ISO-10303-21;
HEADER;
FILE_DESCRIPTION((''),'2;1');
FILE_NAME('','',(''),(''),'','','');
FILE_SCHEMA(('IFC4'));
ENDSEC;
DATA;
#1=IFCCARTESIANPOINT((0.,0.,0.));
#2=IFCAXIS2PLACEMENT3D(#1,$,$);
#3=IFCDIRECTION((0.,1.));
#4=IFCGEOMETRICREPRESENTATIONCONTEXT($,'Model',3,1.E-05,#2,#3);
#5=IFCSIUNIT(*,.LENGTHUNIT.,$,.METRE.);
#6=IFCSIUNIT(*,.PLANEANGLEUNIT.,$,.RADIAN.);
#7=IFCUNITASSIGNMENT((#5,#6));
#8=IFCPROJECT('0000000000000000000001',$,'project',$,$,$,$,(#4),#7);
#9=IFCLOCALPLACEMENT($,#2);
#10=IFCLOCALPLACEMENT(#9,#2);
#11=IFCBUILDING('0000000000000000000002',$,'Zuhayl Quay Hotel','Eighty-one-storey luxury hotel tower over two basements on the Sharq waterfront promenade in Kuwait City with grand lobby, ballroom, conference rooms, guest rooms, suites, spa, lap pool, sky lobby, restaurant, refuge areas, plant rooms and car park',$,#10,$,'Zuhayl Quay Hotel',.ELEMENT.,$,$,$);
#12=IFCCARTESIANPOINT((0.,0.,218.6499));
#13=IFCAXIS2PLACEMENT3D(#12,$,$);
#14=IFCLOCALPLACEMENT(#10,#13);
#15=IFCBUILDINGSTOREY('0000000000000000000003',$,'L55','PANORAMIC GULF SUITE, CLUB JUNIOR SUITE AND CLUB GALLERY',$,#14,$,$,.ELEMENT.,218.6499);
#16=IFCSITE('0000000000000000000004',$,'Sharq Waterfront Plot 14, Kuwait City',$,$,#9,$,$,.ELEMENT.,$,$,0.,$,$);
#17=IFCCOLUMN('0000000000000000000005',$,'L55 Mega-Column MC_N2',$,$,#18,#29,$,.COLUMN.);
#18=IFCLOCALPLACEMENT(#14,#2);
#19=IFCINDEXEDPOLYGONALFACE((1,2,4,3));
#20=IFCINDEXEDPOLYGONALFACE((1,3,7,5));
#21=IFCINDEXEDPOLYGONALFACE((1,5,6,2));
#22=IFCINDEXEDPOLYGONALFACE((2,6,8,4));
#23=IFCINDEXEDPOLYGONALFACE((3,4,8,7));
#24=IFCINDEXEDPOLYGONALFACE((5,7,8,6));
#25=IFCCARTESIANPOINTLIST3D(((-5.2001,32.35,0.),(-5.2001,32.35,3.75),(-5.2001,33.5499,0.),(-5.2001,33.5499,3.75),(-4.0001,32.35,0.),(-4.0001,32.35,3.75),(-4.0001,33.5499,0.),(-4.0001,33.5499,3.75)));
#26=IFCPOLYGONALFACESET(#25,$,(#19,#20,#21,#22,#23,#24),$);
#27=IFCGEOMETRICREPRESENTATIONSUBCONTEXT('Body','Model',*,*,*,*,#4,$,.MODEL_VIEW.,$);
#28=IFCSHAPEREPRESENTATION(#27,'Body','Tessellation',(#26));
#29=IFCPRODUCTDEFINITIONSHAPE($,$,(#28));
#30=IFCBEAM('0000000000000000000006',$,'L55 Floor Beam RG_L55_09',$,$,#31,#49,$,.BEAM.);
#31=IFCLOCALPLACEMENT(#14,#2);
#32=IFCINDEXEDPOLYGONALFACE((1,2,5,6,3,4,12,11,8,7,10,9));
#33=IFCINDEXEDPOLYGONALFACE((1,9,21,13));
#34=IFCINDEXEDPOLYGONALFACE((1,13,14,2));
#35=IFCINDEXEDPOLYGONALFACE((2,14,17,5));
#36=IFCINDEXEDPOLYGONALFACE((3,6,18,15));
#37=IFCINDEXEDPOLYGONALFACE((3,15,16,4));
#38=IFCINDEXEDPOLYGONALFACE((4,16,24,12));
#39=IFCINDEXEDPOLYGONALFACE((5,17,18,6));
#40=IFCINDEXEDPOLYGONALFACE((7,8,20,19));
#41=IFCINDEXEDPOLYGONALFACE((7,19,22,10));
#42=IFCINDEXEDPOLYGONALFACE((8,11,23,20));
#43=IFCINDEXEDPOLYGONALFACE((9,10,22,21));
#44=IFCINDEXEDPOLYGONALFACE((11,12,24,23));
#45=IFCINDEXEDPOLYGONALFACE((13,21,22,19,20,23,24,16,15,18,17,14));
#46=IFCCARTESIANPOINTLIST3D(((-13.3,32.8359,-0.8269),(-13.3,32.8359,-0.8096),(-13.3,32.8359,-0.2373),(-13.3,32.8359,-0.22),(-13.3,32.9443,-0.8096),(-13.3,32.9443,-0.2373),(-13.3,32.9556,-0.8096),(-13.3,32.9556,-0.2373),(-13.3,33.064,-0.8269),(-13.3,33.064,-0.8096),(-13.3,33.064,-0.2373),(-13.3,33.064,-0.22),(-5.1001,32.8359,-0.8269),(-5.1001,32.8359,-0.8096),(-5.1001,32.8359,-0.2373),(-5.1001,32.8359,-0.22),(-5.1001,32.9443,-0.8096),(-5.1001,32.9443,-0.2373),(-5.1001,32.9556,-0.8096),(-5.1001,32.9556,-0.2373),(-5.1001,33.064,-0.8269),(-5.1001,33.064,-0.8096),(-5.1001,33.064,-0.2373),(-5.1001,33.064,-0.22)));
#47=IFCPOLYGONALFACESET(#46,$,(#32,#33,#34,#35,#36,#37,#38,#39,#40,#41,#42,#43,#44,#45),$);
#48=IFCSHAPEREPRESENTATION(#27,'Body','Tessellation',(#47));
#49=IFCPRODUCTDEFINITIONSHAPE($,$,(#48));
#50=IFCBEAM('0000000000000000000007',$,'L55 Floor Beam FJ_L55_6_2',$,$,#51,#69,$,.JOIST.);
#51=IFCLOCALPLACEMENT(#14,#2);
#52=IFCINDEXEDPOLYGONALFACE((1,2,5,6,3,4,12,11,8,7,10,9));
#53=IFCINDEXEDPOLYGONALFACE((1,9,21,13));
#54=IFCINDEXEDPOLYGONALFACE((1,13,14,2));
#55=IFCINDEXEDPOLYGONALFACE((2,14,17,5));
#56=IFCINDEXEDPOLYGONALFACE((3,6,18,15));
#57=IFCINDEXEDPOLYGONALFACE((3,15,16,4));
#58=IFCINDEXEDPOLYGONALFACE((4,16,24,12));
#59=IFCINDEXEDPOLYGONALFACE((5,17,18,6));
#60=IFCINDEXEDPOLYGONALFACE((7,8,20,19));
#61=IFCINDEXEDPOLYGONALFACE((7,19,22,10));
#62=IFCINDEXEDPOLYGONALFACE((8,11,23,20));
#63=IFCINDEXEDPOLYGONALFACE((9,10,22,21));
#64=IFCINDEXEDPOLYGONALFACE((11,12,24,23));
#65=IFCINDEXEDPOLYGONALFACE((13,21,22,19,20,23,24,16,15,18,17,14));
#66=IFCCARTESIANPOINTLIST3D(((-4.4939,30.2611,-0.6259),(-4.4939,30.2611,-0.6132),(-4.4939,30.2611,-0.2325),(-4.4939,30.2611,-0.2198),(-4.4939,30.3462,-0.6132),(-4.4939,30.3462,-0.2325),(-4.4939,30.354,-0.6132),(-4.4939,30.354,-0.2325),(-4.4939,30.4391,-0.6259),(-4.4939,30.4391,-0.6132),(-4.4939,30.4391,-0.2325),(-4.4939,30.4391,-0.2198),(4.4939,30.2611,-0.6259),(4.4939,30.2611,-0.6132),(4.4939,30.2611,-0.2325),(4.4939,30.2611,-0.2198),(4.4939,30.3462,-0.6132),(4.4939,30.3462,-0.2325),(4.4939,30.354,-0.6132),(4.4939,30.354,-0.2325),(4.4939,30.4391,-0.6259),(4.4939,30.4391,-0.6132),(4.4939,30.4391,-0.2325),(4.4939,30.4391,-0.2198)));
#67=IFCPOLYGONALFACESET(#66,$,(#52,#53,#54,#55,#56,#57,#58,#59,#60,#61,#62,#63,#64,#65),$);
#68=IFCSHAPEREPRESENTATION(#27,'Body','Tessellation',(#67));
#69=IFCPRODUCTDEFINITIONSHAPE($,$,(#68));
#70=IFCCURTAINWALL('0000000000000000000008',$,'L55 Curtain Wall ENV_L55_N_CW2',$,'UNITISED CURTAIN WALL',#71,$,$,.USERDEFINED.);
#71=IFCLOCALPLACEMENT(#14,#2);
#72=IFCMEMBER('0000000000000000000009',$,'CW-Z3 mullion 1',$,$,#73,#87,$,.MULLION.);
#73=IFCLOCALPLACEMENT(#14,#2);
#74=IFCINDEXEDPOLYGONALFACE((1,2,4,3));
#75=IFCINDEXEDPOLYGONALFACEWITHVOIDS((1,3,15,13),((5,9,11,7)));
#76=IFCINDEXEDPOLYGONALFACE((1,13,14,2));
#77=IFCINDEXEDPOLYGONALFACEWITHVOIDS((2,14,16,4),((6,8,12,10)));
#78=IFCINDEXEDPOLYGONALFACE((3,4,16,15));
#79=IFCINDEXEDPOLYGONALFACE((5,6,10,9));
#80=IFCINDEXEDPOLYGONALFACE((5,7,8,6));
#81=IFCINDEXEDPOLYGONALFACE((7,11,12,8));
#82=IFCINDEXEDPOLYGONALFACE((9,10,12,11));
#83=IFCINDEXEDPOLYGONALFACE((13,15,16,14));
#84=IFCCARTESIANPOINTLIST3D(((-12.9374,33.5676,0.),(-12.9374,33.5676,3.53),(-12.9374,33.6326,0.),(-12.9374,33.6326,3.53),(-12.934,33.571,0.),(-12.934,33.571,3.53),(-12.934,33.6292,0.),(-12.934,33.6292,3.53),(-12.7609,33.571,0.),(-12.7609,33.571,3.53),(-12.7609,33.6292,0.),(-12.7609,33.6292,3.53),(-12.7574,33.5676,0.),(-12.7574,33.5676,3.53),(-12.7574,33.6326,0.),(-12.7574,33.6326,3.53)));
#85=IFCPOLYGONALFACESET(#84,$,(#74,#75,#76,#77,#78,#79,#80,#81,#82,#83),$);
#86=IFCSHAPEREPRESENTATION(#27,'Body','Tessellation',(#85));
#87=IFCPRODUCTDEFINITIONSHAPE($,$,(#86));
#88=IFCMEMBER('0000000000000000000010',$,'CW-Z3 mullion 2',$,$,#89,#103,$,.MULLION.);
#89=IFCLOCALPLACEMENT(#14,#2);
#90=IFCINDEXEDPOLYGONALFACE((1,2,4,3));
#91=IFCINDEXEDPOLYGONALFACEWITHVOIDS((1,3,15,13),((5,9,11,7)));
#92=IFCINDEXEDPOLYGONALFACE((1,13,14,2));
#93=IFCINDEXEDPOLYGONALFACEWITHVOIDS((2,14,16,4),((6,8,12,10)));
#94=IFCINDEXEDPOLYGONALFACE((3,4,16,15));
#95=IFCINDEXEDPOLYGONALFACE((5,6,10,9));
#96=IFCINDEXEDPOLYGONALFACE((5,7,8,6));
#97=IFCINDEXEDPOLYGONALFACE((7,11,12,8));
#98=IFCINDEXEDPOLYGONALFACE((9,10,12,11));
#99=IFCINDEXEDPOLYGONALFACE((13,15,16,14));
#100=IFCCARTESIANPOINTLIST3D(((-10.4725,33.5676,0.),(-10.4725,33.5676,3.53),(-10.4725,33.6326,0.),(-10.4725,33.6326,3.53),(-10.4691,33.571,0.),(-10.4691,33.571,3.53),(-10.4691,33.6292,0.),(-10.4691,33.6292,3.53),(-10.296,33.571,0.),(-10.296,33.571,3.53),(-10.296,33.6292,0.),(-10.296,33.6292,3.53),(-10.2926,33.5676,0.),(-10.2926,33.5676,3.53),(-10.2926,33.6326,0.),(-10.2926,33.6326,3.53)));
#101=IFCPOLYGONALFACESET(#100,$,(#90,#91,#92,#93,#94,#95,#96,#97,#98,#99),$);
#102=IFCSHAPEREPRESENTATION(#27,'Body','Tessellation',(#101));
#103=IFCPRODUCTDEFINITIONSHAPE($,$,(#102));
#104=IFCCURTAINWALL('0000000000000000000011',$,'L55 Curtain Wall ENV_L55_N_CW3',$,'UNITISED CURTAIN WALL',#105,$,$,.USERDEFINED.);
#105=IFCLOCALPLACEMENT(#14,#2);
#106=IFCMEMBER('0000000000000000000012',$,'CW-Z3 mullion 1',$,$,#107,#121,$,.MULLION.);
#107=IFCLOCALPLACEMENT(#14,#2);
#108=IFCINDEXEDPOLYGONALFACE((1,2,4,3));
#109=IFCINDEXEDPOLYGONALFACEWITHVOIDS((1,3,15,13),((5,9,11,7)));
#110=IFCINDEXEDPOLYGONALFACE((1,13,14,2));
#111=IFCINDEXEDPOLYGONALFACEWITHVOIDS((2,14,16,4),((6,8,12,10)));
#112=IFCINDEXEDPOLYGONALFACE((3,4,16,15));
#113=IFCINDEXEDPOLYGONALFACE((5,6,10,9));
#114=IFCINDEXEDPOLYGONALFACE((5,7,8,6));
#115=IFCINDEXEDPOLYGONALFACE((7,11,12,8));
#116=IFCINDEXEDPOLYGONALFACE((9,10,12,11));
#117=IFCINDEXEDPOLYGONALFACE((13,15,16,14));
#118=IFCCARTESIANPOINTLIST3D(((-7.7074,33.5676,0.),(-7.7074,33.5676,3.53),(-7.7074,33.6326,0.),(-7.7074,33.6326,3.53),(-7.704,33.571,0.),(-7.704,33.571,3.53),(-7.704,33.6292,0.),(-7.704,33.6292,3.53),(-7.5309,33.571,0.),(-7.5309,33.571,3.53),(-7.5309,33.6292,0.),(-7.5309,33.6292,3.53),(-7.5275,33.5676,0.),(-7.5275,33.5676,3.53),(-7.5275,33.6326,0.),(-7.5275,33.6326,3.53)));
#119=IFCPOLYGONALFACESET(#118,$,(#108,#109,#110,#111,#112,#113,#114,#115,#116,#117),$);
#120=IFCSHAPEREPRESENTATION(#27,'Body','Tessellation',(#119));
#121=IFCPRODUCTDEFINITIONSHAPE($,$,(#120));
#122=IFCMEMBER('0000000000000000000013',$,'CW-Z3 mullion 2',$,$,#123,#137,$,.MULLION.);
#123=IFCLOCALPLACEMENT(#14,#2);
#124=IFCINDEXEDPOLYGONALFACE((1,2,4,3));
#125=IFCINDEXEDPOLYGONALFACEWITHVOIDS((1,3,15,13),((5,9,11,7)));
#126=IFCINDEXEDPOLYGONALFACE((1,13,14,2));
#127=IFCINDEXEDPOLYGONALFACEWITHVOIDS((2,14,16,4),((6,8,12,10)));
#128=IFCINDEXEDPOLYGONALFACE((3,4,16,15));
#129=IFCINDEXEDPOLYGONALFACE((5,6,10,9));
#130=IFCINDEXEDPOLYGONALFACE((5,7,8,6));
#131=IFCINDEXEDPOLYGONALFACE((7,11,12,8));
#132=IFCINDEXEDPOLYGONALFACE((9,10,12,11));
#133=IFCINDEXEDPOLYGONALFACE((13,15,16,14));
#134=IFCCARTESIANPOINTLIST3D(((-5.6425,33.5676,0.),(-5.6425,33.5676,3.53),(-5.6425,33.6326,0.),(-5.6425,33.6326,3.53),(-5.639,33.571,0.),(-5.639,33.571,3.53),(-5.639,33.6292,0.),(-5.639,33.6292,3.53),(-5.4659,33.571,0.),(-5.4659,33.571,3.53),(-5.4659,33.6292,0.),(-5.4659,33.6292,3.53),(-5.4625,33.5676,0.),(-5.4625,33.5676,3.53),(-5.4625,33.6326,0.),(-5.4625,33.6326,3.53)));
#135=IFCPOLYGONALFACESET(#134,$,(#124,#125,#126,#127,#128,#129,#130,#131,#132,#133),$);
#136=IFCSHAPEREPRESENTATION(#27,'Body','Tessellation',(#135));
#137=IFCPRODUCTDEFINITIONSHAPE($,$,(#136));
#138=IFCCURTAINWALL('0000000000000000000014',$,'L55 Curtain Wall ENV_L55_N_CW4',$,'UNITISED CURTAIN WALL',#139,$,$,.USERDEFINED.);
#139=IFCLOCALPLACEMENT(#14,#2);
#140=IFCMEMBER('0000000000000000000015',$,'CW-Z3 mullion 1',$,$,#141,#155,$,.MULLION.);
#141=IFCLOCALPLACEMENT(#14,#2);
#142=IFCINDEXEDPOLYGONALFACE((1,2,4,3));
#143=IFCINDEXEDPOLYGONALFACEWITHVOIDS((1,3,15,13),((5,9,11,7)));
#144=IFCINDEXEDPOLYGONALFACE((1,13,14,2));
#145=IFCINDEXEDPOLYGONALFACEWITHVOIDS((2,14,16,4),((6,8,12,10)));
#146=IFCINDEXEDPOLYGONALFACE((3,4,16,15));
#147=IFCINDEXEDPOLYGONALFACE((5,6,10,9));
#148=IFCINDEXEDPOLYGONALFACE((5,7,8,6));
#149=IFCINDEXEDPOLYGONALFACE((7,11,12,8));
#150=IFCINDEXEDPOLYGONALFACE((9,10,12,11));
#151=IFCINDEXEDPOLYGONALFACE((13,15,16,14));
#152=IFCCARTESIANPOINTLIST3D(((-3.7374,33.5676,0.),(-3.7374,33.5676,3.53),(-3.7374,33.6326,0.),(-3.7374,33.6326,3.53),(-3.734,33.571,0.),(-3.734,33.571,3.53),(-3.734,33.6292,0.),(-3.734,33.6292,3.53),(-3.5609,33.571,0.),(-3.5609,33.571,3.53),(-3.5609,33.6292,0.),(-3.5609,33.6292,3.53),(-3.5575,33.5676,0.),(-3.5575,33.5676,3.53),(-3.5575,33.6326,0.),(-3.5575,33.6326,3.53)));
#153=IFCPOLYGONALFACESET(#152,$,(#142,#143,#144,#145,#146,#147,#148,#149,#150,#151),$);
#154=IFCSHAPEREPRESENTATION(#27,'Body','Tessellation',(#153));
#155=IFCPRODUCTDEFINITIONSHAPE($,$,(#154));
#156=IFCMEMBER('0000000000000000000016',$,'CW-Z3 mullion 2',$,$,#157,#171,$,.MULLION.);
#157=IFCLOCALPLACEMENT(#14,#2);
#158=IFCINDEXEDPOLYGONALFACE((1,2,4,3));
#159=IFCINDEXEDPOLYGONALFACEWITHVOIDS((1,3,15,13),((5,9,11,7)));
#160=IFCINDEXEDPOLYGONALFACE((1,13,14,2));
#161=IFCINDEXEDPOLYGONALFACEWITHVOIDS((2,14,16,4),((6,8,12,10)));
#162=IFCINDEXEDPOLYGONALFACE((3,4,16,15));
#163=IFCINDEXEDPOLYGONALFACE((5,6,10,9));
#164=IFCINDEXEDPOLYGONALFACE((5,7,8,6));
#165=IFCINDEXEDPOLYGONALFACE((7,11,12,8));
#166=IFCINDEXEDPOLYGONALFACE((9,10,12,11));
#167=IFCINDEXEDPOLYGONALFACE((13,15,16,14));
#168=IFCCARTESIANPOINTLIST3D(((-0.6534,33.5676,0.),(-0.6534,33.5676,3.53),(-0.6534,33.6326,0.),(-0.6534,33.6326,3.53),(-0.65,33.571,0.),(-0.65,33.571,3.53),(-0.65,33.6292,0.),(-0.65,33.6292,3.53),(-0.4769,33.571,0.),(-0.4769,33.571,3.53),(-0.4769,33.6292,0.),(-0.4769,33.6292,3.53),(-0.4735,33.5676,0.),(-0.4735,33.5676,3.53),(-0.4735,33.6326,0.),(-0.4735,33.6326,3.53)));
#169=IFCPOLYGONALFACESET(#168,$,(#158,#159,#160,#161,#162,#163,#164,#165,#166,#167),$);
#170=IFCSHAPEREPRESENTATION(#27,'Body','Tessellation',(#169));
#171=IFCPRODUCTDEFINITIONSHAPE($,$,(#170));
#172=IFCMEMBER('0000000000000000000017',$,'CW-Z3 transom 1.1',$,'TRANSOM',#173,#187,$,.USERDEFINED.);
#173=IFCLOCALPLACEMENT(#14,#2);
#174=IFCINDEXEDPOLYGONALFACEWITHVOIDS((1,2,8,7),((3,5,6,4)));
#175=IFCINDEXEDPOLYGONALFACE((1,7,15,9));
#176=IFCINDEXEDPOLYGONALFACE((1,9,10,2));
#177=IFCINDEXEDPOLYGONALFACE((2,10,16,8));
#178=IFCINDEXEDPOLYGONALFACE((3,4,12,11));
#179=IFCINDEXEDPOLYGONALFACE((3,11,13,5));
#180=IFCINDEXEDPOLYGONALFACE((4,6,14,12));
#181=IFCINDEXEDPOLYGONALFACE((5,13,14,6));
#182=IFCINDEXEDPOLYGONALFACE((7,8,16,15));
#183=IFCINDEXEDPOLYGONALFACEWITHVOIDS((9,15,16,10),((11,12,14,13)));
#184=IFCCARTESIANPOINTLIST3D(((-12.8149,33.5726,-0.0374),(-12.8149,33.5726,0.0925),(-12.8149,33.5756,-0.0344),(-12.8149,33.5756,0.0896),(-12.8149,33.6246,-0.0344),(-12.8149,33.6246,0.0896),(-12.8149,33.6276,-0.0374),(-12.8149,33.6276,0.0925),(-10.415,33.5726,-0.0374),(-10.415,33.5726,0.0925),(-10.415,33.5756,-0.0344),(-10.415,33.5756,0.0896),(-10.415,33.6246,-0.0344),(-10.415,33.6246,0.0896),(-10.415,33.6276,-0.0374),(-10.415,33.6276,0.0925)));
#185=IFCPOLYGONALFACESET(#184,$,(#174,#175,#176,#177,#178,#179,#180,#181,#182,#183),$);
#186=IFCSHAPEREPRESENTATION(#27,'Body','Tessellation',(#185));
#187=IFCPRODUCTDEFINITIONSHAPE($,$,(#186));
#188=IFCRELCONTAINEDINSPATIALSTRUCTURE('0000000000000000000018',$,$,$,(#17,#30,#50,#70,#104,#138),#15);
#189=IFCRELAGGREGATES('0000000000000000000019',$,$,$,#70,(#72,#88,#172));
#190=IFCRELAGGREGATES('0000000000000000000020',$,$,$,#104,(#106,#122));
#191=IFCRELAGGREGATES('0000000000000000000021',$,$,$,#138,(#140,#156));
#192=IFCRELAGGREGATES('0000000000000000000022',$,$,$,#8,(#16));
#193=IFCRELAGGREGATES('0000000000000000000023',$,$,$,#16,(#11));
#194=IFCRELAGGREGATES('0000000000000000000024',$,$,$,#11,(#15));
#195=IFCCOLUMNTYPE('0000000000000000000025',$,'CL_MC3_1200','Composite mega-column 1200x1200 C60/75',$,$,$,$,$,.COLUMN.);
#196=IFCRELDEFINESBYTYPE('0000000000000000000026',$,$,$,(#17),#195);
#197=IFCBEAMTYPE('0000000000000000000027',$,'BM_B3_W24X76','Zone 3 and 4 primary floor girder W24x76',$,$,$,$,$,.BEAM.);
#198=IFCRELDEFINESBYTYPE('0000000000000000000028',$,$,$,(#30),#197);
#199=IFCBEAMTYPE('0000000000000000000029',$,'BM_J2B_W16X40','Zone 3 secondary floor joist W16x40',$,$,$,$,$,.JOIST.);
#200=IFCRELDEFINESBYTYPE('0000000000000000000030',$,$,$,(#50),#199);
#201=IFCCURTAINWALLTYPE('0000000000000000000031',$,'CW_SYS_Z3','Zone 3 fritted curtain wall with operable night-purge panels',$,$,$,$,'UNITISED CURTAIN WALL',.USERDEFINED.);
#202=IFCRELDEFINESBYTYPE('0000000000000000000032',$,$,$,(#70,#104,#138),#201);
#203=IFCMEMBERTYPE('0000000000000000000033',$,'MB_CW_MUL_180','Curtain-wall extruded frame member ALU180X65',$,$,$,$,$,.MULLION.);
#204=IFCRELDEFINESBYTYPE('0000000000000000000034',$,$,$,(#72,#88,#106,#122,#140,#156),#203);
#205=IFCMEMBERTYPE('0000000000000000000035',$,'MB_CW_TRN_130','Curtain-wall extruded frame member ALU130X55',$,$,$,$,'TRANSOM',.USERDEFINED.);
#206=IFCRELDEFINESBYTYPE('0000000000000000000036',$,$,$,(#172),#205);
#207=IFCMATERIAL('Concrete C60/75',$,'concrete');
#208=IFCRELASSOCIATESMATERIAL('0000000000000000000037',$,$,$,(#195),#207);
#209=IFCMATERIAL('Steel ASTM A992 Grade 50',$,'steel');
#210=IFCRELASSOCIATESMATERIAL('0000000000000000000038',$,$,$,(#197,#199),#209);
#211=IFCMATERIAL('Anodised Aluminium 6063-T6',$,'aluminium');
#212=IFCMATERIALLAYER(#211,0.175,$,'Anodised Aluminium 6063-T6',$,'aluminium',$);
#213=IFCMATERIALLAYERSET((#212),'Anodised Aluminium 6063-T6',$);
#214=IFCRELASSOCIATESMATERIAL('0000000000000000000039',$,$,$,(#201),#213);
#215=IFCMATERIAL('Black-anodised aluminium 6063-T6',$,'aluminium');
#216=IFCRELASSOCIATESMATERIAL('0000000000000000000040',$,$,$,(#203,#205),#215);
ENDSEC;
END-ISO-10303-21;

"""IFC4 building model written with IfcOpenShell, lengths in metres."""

from ifc_helpers import new_model, si_unit, direction, frame, origin, origin_2d, place, context, subcontext, project, spatial, rectangle, hollow_rectangle, i_section, extrude, material, layer, layer_set, material_profile, profile_set, type_object, element, aggregate, save


model = new_model("IFC4")

# Units and contexts
model_context = context("Model", 3, precision=1e-05, world=origin(), true_north=direction((0.0, 1.0)))
body_context = subcontext(model_context, "Body", "Model", "MODEL_VIEW")
ifc_project = project(units=[si_unit("LENGTHUNIT", "METRE"), si_unit("PLANEANGLEUNIT", "RADIAN")], contexts=[model_context])

# Site, building, storey
site_placement = place(None, origin())
site = spatial("IfcSite", under=ifc_project, at=site_placement, Name="Sharq Waterfront Plot 14, Kuwait City", CompositionType="ELEMENT", RefElevation=0.0)
building_placement = place(site_placement, origin())
building = spatial("IfcBuilding", under=site, at=building_placement, Name="Zuhayl Quay Hotel", Description="Eighty-one-storey luxury hotel tower over two basements on the Sharq waterfront promenade in Kuwait City with grand lobby, ballroom, conference rooms, guest rooms, suites, spa, lap pool, sky lobby, restaurant, refuge areas, plant rooms and car park", LongName="Zuhayl Quay Hotel", CompositionType="ELEMENT")
storey_placement = place(building_placement, frame((0.0, 0.0, 218.6499)))
storey = spatial("IfcBuildingStorey", under=building, at=storey_placement, Name="L55", Description="PANORAMIC GULF SUITE, CLUB JUNIOR SUITE AND CLUB GALLERY", CompositionType="ELEMENT", Elevation=218.6499)

# Column
ifc_material_1 = material(Name="Concrete C60/75", Category="concrete")
ifc_material_profile_1 = material_profile(ifc_material_1, rectangle(XDim=1.2, YDim=1.2, at=origin_2d()), Name="RC1200X1200")
ifc_profile_set_1 = profile_set([ifc_material_profile_1], Name="Concrete C60/75")
column_type = type_object("IfcColumnType", Name="CL_MC3_1200", Description="Composite mega-column 1200x1200 C60/75", PredefinedType="COLUMN", material=ifc_profile_set_1)
column_placement = place(storey_placement, frame((-4.6001, 32.95, 0.0), z_axis=(0.0, 0.0, 1.0), x_axis=(1.0, 0.0, 0.0)))
element("IfcColumn", 1, at=column_placement, inside=storey, type_object=column_type, Name="L55 Mega-Column MC_N2", PredefinedType="COLUMN", context=body_context, shape_type="SweptSolid", body=[
    extrude(rectangle(XDim=1.2, YDim=1.2, at=origin_2d()), origin(), (0.0, 0.0, 1.0), 3.75),
])

# Beams
ifc_material_2 = material(Name="Steel ASTM A992 Grade 50", Category="steel")
ifc_material_profile_2 = material_profile(ifc_material_2, i_section(OverallWidth=0.228, OverallDepth=0.6069, WebThickness=0.0112, FlangeThickness=0.0173, at=origin_2d()), Name="W24X76")
ifc_profile_set_2 = profile_set([ifc_material_profile_2], Name="Steel ASTM A992 Grade 50")
beam_type_1 = type_object("IfcBeamType", Name="BM_B3_W24X76", Description="Zone 3 and 4 primary floor girder W24x76", PredefinedType="BEAM", material=ifc_profile_set_2)
beam_1_placement = place(storey_placement, frame((-5.1001, 32.95, -0.5234), z_axis=(-1.0, 0.0, 0.0), x_axis=(0.0, -1.0, 0.0)))
element("IfcBeam", 2, at=beam_1_placement, inside=storey, type_object=beam_type_1, Name="L55 Floor Beam RG_L55_09", PredefinedType="BEAM", context=body_context, shape_type="SweptSolid", body=[
    extrude(i_section(OverallWidth=0.228, OverallDepth=0.6069, WebThickness=0.0112, FlangeThickness=0.0173, at=origin_2d()), origin(), (0.0, 0.0, 1.0), 8.2),
])
ifc_material_profile_3 = material_profile(ifc_material_2, i_section(OverallWidth=0.178, OverallDepth=0.406, WebThickness=0.0078, FlangeThickness=0.0127, at=origin_2d()), Name="W16X40")
ifc_profile_set_3 = profile_set([ifc_material_profile_3], Name="Steel ASTM A992 Grade 50")
beam_type_2 = type_object("IfcBeamType", Name="BM_J2B_W16X40", Description="Zone 3 secondary floor joist W16x40", PredefinedType="JOIST", material=ifc_profile_set_3)
beam_2_placement = place(storey_placement, frame((-4.4939, 30.3501, -0.4229), z_axis=(1.0, 0.0, 0.0), x_axis=(0.0, 1.0, 0.0)))
element("IfcBeam", 3, at=beam_2_placement, inside=storey, type_object=beam_type_2, Name="L55 Floor Beam FJ_L55_6_2", PredefinedType="JOIST", context=body_context, shape_type="SweptSolid", body=[
    extrude(i_section(OverallWidth=0.178, OverallDepth=0.406, WebThickness=0.0078, FlangeThickness=0.0127, at=origin_2d()), origin(), (0.0, 0.0, 1.0), 8.9878),
])

# Curtain walls, members
ifc_material_3 = material(Name="Anodised Aluminium 6063-T6", Category="aluminium")
ifc_layer_1 = layer(ifc_material_3, 0.175, Name="Anodised Aluminium 6063-T6", Category="aluminium")
ifc_layer_set_1 = layer_set([ifc_layer_1], Name="Anodised Aluminium 6063-T6")
curtain_wall_type = type_object("IfcCurtainWallType", Name="CW_SYS_Z3", Description="Zone 3 fritted curtain wall with operable night-purge panels", ElementType="UNITISED CURTAIN WALL", PredefinedType="USERDEFINED", material=ifc_layer_set_1)
curtain_wall_1_placement = place(storey_placement, origin())
curtain_wall_1 = element("IfcCurtainWall", 4, at=curtain_wall_1_placement, inside=storey, type_object=curtain_wall_type, Name="L55 Curtain Wall ENV_L55_N_CW2", ObjectType="UNITISED CURTAIN WALL", PredefinedType="USERDEFINED")
ifc_material_4 = material(Name="Black-anodised aluminium 6063-T6", Category="aluminium")
ifc_material_profile_4 = material_profile(ifc_material_4, hollow_rectangle(XDim=0.0649, YDim=0.1799, WallThickness=0.0034, at=origin_2d()), Name="ALU180X65")
ifc_profile_set_4 = profile_set([ifc_material_profile_4], Name="Black-anodised aluminium 6063-T6")
member_type_1 = type_object("IfcMemberType", Name="MB_CW_MUL_180", Description="Curtain-wall extruded frame member ALU180X65", PredefinedType="MULLION", material=ifc_profile_set_4)
member_1_placement = place(storey_placement, frame((-12.8474, 33.6001, 0.0), z_axis=(0.0, 0.0, 1.0), x_axis=(0.0, 1.0, 0.0)))
member_1 = element("IfcMember", 5, at=member_1_placement, type_object=member_type_1, Name="CW-Z3 mullion 1", PredefinedType="MULLION", context=body_context, shape_type="SweptSolid", body=[
    extrude(hollow_rectangle(XDim=0.0649, YDim=0.1799, WallThickness=0.0034, at=origin_2d()), origin(), (0.0, 0.0, 1.0), 3.53),
])
member_2_placement = place(storey_placement, frame((-10.3826, 33.6001, 0.0), z_axis=(0.0, 0.0, 1.0), x_axis=(0.0, 1.0, 0.0)))
member_2 = element("IfcMember", 6, at=member_2_placement, type_object=member_type_1, Name="CW-Z3 mullion 2", PredefinedType="MULLION", context=body_context, shape_type="SweptSolid", body=[
    extrude(hollow_rectangle(XDim=0.0649, YDim=0.1799, WallThickness=0.0034, at=origin_2d()), origin(), (0.0, 0.0, 1.0), 3.53),
])
curtain_wall_2_placement = place(storey_placement, origin())
curtain_wall_2 = element("IfcCurtainWall", 7, at=curtain_wall_2_placement, inside=storey, type_object=curtain_wall_type, Name="L55 Curtain Wall ENV_L55_N_CW3", ObjectType="UNITISED CURTAIN WALL", PredefinedType="USERDEFINED")
member_3_placement = place(storey_placement, frame((-7.6174, 33.6001, 0.0), z_axis=(0.0, 0.0, 1.0), x_axis=(0.0, 1.0, 0.0)))
member_3 = element("IfcMember", 8, at=member_3_placement, type_object=member_type_1, Name="CW-Z3 mullion 1", PredefinedType="MULLION", context=body_context, shape_type="SweptSolid", body=[
    extrude(hollow_rectangle(XDim=0.0649, YDim=0.1799, WallThickness=0.0034, at=origin_2d()), origin(), (0.0, 0.0, 1.0), 3.53),
])
member_4_placement = place(storey_placement, frame((-5.5525, 33.6001, 0.0), z_axis=(0.0, 0.0, 1.0), x_axis=(0.0, 1.0, 0.0)))
member_4 = element("IfcMember", 9, at=member_4_placement, type_object=member_type_1, Name="CW-Z3 mullion 2", PredefinedType="MULLION", context=body_context, shape_type="SweptSolid", body=[
    extrude(hollow_rectangle(XDim=0.0649, YDim=0.1799, WallThickness=0.0034, at=origin_2d()), origin(), (0.0, 0.0, 1.0), 3.53),
])
curtain_wall_3_placement = place(storey_placement, origin())
curtain_wall_3 = element("IfcCurtainWall", 10, at=curtain_wall_3_placement, inside=storey, type_object=curtain_wall_type, Name="L55 Curtain Wall ENV_L55_N_CW4", ObjectType="UNITISED CURTAIN WALL", PredefinedType="USERDEFINED")
member_5_placement = place(storey_placement, frame((-3.6475, 33.6001, 0.0), z_axis=(0.0, 0.0, 1.0), x_axis=(0.0, 1.0, 0.0)))
member_5 = element("IfcMember", 11, at=member_5_placement, type_object=member_type_1, Name="CW-Z3 mullion 1", PredefinedType="MULLION", context=body_context, shape_type="SweptSolid", body=[
    extrude(hollow_rectangle(XDim=0.0649, YDim=0.1799, WallThickness=0.0034, at=origin_2d()), origin(), (0.0, 0.0, 1.0), 3.53),
])
member_6_placement = place(storey_placement, frame((-0.5635, 33.6001, 0.0), z_axis=(0.0, 0.0, 1.0), x_axis=(0.0, 1.0, 0.0)))
member_6 = element("IfcMember", 12, at=member_6_placement, type_object=member_type_1, Name="CW-Z3 mullion 2", PredefinedType="MULLION", context=body_context, shape_type="SweptSolid", body=[
    extrude(hollow_rectangle(XDim=0.0649, YDim=0.1799, WallThickness=0.0034, at=origin_2d()), origin(), (0.0, 0.0, 1.0), 3.53),
])

# Member
ifc_material_profile_5 = material_profile(ifc_material_4, hollow_rectangle(XDim=0.0549, YDim=0.1299, WallThickness=0.0029, at=origin_2d()), Name="ALU130X55")
ifc_profile_set_5 = profile_set([ifc_material_profile_5], Name="Black-anodised aluminium 6063-T6")
member_type_2 = type_object("IfcMemberType", Name="MB_CW_TRN_130", Description="Curtain-wall extruded frame member ALU130X55", ElementType="TRANSOM", PredefinedType="USERDEFINED", material=ifc_profile_set_5)
member_7_placement = place(storey_placement, frame((-12.8149, 33.6001, 0.0276), z_axis=(1.0, 0.0, 0.0), x_axis=(0.0, 1.0, 0.0)))
member_7 = element("IfcMember", 13, at=member_7_placement, type_object=member_type_2, Name="CW-Z3 transom 1.1", ObjectType="TRANSOM", PredefinedType="USERDEFINED", context=body_context, shape_type="SweptSolid", body=[
    extrude(hollow_rectangle(XDim=0.0549, YDim=0.1299, WallThickness=0.0029, at=origin_2d()), origin(), (0.0, 0.0, 1.0), 2.3999),
])

aggregate(curtain_wall_1, [member_1, member_2, member_7])
aggregate(curtain_wall_2, [member_3, member_4])
aggregate(curtain_wall_3, [member_5, member_6])

save(model, "model.ifc")
